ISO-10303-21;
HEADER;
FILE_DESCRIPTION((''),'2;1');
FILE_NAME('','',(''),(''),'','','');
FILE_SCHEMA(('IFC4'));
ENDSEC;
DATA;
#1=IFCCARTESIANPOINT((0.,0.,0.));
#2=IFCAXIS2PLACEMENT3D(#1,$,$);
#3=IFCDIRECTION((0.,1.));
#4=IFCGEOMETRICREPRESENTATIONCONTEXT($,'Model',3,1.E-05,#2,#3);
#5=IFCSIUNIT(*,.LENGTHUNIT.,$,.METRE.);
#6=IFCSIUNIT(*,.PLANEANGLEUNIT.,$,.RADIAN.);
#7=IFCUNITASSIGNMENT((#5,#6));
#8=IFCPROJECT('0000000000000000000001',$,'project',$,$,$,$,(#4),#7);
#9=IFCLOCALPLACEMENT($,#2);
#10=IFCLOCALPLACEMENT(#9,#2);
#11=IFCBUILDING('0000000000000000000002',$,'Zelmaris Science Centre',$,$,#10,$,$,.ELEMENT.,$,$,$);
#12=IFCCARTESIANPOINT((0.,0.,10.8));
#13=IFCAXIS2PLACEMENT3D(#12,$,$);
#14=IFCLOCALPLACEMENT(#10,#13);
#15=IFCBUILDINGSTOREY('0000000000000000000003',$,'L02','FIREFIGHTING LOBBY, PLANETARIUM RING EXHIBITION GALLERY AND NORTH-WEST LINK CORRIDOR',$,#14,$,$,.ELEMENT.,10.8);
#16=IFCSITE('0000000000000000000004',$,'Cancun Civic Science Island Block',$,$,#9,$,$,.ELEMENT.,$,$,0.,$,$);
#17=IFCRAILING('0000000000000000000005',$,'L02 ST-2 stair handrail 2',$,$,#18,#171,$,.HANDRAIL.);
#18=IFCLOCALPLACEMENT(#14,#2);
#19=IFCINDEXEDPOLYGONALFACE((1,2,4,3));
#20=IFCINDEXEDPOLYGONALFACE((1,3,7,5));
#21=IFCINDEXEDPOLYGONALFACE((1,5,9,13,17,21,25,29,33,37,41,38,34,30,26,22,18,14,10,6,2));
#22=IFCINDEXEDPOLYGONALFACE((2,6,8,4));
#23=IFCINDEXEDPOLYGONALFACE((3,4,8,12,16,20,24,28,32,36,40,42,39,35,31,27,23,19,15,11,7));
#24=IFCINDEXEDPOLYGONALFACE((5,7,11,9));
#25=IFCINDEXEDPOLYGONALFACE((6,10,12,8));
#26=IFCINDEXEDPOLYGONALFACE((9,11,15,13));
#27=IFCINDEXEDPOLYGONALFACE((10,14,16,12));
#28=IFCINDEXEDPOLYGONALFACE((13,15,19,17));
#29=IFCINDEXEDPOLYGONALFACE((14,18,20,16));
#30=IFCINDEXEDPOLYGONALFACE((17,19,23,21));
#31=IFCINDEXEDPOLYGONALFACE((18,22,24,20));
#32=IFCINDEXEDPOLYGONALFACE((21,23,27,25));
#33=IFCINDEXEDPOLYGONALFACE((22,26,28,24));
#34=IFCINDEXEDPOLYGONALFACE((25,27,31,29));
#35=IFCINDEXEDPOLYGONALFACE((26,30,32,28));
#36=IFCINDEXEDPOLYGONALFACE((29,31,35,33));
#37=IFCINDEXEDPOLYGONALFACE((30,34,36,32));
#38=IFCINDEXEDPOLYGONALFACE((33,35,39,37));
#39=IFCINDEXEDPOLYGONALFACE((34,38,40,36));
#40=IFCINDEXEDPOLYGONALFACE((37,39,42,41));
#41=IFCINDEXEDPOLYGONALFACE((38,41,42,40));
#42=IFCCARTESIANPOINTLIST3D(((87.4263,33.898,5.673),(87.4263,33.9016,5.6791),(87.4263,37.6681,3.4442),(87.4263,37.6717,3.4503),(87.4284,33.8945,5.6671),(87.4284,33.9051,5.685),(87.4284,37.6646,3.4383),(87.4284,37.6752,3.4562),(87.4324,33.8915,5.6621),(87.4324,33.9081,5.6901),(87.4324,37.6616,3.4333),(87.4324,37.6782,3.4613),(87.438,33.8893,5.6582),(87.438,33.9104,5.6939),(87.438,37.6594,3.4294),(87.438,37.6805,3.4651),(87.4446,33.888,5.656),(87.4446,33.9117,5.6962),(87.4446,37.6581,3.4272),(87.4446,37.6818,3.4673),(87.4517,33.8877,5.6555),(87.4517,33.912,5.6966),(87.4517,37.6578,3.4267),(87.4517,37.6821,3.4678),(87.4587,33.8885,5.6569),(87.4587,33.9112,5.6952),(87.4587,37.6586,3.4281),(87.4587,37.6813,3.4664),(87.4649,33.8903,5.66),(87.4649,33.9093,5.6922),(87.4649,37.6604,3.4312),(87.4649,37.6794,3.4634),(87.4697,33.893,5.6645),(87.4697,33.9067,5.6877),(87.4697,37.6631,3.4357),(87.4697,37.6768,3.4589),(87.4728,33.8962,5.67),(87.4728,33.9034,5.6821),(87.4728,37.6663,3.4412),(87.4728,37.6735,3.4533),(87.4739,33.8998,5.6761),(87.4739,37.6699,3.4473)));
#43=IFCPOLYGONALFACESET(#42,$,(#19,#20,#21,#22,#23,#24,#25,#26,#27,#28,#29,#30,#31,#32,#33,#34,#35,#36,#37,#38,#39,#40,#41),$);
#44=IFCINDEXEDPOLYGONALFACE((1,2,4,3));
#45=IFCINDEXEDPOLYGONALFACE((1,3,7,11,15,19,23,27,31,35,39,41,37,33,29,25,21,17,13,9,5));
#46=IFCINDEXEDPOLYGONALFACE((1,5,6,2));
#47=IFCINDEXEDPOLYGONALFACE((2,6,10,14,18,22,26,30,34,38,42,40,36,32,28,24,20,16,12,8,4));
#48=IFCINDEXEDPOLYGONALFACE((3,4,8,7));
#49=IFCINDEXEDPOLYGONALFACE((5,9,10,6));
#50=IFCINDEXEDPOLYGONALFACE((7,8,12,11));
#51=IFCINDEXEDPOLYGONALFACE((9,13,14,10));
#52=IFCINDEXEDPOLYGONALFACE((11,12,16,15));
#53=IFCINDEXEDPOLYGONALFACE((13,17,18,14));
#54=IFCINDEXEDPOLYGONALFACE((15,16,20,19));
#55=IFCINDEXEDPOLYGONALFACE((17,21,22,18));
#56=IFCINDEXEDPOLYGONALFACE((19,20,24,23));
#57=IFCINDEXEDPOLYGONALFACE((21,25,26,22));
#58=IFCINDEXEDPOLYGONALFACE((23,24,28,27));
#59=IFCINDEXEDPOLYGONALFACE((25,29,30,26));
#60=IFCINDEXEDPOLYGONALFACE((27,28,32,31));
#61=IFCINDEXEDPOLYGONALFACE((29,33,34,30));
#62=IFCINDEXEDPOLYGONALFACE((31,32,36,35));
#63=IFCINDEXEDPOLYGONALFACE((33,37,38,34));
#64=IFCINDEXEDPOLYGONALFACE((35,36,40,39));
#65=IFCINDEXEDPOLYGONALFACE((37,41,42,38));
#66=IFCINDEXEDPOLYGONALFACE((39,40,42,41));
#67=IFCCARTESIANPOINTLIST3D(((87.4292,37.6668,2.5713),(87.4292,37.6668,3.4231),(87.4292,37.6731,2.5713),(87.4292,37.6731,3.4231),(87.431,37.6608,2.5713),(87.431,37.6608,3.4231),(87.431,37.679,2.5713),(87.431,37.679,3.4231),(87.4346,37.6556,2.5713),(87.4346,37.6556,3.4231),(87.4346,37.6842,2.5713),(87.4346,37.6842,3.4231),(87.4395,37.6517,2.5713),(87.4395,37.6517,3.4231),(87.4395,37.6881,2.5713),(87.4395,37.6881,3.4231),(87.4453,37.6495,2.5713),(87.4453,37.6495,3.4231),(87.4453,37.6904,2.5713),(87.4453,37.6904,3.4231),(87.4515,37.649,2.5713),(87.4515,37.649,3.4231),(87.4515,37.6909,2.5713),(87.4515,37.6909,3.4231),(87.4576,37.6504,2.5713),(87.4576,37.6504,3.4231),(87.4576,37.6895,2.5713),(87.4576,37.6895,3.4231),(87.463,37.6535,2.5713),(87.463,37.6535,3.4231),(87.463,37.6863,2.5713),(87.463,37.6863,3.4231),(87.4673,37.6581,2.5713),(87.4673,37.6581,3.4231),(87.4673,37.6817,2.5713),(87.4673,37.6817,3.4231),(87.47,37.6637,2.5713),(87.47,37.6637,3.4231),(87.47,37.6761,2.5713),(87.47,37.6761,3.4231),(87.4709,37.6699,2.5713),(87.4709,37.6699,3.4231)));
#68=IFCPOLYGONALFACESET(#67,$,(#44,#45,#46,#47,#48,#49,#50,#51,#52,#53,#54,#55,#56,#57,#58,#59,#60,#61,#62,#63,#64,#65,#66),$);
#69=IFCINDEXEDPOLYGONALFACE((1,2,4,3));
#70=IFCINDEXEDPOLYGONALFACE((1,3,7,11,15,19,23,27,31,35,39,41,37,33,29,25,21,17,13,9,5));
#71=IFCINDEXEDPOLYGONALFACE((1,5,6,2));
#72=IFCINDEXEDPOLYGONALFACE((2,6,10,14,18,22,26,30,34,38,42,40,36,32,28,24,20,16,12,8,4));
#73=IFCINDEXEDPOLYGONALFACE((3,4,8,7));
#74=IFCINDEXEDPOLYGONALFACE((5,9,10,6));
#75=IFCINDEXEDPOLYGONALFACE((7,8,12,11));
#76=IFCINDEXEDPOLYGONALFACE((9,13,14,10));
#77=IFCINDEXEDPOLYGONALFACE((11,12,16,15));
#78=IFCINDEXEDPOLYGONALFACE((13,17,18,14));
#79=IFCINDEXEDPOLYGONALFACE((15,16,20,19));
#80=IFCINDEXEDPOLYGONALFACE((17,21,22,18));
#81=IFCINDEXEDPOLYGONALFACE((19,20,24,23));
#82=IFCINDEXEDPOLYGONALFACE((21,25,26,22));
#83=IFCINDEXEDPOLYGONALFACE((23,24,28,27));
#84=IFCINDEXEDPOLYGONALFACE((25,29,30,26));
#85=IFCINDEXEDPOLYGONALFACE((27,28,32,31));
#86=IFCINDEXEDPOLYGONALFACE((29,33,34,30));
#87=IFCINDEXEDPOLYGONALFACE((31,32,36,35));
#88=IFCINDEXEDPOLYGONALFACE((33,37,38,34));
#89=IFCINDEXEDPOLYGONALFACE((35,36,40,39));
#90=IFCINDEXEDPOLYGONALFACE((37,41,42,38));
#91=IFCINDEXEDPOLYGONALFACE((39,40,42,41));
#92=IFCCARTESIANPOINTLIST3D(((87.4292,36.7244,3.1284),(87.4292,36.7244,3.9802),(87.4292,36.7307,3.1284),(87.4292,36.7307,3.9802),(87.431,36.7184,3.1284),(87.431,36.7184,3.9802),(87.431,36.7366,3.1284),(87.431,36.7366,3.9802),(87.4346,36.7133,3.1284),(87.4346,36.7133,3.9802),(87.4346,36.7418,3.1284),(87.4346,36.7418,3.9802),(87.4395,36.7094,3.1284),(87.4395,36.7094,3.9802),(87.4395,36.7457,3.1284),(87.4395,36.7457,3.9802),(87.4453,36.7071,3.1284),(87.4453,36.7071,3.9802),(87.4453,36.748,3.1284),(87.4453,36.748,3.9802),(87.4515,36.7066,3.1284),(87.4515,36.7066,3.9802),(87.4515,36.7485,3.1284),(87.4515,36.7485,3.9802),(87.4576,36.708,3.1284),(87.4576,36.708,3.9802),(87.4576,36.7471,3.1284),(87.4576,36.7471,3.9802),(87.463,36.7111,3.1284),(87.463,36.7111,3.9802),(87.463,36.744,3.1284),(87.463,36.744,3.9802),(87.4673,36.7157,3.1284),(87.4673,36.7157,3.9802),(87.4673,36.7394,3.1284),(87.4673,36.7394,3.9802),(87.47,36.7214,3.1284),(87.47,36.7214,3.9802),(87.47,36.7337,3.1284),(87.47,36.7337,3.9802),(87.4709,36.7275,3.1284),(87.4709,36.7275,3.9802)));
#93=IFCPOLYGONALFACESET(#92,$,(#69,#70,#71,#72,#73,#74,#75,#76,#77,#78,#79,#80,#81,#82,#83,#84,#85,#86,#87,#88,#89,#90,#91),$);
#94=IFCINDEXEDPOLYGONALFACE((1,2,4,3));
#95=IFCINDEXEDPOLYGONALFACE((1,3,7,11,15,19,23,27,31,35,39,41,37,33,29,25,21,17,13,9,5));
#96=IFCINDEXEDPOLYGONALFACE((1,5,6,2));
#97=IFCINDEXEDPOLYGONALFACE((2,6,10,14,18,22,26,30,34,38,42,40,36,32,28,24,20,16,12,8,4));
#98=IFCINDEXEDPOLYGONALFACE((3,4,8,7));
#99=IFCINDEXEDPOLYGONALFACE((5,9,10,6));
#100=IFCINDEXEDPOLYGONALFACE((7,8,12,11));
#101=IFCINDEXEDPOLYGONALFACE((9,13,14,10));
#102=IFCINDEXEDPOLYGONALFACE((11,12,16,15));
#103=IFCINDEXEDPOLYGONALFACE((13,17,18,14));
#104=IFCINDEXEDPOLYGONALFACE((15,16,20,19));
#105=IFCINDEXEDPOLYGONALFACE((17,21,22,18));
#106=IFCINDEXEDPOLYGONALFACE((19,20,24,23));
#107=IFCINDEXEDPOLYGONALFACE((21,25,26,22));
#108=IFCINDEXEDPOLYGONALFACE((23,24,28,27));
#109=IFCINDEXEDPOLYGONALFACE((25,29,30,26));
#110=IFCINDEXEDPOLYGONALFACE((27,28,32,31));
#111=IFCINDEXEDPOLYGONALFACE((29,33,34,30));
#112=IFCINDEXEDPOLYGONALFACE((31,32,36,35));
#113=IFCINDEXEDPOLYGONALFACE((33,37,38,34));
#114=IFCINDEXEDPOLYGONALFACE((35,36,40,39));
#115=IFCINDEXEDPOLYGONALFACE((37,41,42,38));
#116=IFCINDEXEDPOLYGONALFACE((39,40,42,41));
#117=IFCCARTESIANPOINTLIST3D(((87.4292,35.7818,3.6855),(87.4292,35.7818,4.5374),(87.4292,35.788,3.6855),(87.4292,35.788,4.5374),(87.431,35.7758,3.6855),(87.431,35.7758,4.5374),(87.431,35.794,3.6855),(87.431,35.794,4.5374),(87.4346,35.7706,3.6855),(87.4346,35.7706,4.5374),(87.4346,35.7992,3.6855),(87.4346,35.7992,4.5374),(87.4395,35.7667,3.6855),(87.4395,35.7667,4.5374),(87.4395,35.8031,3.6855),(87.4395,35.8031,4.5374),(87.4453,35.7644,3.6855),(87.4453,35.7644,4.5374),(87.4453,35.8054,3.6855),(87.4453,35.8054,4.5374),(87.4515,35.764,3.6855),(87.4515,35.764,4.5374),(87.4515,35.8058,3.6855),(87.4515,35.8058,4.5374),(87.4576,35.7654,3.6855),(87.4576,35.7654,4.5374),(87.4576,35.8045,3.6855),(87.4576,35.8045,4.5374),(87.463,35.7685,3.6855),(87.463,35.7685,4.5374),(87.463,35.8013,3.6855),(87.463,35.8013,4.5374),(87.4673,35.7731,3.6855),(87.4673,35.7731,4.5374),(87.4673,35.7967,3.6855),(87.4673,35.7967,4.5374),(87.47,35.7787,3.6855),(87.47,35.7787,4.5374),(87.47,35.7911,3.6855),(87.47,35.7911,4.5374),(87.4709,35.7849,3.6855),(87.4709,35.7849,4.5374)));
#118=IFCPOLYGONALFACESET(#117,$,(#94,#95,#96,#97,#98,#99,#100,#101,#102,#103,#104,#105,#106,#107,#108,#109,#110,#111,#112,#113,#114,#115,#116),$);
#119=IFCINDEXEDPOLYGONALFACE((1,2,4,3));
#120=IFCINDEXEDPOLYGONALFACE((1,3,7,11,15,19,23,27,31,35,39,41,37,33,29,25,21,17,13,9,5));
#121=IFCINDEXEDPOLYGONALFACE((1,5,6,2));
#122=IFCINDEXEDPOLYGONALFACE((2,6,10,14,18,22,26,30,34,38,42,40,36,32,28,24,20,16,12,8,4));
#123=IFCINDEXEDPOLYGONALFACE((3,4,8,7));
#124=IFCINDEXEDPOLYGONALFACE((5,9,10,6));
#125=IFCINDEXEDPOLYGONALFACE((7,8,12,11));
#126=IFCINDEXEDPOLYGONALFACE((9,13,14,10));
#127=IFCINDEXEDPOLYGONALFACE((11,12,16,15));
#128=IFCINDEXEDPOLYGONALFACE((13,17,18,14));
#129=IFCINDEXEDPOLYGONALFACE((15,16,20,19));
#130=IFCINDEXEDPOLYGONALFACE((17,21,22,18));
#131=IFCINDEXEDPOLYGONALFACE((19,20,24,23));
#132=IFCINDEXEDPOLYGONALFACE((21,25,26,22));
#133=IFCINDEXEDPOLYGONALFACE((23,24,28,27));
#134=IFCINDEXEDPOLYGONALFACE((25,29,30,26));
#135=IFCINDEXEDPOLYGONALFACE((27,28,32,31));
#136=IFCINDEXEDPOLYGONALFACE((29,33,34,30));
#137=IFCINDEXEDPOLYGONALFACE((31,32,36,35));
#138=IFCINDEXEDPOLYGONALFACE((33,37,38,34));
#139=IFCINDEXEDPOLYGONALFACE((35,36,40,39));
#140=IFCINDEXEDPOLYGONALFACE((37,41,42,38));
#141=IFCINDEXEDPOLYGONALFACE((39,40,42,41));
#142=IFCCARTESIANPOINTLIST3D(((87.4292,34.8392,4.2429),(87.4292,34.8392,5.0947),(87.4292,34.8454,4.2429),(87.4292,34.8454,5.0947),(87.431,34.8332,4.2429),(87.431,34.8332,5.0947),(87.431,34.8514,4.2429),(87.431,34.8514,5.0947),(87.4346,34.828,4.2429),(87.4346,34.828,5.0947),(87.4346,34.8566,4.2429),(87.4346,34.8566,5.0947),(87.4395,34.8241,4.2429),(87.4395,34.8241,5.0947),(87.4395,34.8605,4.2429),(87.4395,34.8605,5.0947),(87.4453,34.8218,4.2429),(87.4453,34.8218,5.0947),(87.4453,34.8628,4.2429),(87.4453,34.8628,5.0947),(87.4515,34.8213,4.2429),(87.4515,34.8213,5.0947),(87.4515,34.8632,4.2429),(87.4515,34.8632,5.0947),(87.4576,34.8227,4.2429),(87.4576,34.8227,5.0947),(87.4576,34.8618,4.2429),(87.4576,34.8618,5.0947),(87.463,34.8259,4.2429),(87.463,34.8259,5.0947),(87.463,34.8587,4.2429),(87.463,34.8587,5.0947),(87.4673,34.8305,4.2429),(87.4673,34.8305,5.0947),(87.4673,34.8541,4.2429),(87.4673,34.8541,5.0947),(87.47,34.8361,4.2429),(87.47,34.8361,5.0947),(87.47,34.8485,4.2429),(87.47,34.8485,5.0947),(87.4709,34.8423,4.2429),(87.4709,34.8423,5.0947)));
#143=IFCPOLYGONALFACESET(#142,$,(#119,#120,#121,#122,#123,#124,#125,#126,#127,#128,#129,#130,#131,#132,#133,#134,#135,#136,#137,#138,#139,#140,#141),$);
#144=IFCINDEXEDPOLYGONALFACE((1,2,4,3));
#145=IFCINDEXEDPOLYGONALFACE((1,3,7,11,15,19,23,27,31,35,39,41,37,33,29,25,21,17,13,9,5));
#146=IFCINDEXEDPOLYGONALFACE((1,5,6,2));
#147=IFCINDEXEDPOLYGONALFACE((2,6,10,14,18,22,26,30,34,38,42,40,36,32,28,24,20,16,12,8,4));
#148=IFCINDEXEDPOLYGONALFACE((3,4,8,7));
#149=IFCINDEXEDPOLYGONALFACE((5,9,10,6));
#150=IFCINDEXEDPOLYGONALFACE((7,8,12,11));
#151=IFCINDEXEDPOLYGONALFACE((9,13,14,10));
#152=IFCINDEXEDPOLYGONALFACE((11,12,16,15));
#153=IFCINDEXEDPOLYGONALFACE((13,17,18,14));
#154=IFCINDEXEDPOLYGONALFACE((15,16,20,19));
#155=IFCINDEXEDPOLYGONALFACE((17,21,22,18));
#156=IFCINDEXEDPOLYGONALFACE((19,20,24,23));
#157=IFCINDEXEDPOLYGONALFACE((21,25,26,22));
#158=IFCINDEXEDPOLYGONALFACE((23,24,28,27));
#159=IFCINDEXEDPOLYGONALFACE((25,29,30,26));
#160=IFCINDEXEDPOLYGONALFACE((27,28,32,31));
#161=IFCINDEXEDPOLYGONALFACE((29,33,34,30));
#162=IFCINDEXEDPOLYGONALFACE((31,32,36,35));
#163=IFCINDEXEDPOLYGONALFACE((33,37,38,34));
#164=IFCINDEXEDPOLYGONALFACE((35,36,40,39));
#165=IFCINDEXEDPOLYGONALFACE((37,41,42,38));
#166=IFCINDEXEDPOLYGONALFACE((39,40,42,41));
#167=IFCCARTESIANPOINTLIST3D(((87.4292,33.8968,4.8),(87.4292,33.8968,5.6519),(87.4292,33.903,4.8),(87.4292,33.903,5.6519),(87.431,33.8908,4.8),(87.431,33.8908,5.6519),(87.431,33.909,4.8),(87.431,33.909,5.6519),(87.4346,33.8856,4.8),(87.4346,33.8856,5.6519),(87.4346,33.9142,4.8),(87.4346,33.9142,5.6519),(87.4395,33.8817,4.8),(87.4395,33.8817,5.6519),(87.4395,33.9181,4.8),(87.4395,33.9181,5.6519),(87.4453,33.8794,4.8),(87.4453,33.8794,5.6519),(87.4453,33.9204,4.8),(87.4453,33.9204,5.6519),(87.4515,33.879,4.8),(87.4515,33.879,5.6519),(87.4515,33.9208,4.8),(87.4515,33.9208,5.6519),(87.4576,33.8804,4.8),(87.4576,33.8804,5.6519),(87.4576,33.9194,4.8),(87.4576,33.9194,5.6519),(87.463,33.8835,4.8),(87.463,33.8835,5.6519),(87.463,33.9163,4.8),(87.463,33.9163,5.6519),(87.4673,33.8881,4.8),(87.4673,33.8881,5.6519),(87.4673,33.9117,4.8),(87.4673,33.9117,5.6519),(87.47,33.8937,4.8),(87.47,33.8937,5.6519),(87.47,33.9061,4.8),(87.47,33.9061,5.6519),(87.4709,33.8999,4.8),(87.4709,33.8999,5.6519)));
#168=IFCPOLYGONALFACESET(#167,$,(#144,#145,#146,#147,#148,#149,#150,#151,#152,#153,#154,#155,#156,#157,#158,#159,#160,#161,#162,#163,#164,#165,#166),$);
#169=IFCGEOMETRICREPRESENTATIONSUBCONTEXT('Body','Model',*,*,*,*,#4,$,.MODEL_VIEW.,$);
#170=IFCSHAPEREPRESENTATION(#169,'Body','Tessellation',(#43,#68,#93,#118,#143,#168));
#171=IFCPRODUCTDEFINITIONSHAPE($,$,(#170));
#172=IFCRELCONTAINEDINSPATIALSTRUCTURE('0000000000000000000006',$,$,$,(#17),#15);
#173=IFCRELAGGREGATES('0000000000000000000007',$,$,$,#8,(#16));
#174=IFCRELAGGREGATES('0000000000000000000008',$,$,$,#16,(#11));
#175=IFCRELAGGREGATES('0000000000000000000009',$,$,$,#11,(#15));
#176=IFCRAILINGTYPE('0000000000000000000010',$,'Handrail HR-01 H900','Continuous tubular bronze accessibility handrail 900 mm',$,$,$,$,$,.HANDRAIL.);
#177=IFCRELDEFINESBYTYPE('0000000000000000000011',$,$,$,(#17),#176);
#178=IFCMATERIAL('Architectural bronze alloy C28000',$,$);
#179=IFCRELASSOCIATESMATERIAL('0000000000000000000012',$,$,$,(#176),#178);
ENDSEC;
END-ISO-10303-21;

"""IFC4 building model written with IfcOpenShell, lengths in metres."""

from ifc_helpers import new_model, si_unit, direction, frame, origin, origin_2d, place, context, subcontext, project, spatial, circle, extrude, material, type_object, element, save


model = new_model("IFC4")

# Units and contexts
model_context = context("Model", 3, precision=1e-05, world=origin(), true_north=direction((0.0, 1.0)))
body_context = subcontext(model_context, "Body", "Model", "MODEL_VIEW")
ifc_project = project(units=[si_unit("LENGTHUNIT", "METRE"), si_unit("PLANEANGLEUNIT", "RADIAN")], contexts=[model_context])

# Site, building, storey
site_placement = place(None, origin())
site = spatial("IfcSite", under=ifc_project, at=site_placement, Name="Cancun Civic Science Island Block", CompositionType="ELEMENT", RefElevation=0.0)
building_placement = place(site_placement, origin())
building = spatial("IfcBuilding", under=site, at=building_placement, Name="Zelmaris Science Centre", CompositionType="ELEMENT")
storey_placement = place(building_placement, frame((0.0, 0.0, 10.8)))
storey = spatial("IfcBuildingStorey", under=building, at=storey_placement, Name="L02", Description="FIREFIGHTING LOBBY, PLANETARIUM RING EXHIBITION GALLERY AND NORTH-WEST LINK CORRIDOR", CompositionType="ELEMENT", Elevation=10.8)

# Railing
ifc_material_1 = material(Name="Architectural bronze alloy C28000")
railing_type_1 = type_object("IfcRailingType", Name="Handrail HR-01 H900", Description="Continuous tubular bronze accessibility handrail 900 mm", PredefinedType="HANDRAIL", material=ifc_material_1)
railing_1_placement = place(storey_placement, frame((87.45, 37.6699, 2.5713)))
element("IfcRailing", 1, at=railing_1_placement, inside=storey, type_object=railing_type_1, Name="L02 ST-2 stair handrail 2", PredefinedType="HANDRAIL", context=body_context, shape_type="SweptSolid", body=[
    extrude(circle(Radius=0.0239, at=origin_2d()), frame((0.0, 0.0, 0.876), z_axis=(0.0, -0.860824, 0.508902), x_axis=(1.0, 0.0, 0.0)), (0.0, 0.0, 1.0), 4.3796),
    extrude(circle(Radius=0.021, at=origin_2d()), origin(), (0.0, 0.0, 1.0), 0.8518),
    extrude(circle(Radius=0.021, at=origin_2d()), frame((0.0, -0.9424, 0.5571)), (0.0, 0.0, 1.0), 0.8518),
    extrude(circle(Radius=0.021, at=origin_2d()), frame((0.0, -1.885, 1.1143)), (0.0, 0.0, 1.0), 0.8518),
    extrude(circle(Radius=0.021, at=origin_2d()), frame((0.0, -2.8276, 1.6716)), (0.0, 0.0, 1.0), 0.8518),
    extrude(circle(Radius=0.021, at=origin_2d()), frame((0.0, -3.77, 2.2288)), (0.0, 0.0, 1.0), 0.8518),
])

save(model, "model.ifc")
